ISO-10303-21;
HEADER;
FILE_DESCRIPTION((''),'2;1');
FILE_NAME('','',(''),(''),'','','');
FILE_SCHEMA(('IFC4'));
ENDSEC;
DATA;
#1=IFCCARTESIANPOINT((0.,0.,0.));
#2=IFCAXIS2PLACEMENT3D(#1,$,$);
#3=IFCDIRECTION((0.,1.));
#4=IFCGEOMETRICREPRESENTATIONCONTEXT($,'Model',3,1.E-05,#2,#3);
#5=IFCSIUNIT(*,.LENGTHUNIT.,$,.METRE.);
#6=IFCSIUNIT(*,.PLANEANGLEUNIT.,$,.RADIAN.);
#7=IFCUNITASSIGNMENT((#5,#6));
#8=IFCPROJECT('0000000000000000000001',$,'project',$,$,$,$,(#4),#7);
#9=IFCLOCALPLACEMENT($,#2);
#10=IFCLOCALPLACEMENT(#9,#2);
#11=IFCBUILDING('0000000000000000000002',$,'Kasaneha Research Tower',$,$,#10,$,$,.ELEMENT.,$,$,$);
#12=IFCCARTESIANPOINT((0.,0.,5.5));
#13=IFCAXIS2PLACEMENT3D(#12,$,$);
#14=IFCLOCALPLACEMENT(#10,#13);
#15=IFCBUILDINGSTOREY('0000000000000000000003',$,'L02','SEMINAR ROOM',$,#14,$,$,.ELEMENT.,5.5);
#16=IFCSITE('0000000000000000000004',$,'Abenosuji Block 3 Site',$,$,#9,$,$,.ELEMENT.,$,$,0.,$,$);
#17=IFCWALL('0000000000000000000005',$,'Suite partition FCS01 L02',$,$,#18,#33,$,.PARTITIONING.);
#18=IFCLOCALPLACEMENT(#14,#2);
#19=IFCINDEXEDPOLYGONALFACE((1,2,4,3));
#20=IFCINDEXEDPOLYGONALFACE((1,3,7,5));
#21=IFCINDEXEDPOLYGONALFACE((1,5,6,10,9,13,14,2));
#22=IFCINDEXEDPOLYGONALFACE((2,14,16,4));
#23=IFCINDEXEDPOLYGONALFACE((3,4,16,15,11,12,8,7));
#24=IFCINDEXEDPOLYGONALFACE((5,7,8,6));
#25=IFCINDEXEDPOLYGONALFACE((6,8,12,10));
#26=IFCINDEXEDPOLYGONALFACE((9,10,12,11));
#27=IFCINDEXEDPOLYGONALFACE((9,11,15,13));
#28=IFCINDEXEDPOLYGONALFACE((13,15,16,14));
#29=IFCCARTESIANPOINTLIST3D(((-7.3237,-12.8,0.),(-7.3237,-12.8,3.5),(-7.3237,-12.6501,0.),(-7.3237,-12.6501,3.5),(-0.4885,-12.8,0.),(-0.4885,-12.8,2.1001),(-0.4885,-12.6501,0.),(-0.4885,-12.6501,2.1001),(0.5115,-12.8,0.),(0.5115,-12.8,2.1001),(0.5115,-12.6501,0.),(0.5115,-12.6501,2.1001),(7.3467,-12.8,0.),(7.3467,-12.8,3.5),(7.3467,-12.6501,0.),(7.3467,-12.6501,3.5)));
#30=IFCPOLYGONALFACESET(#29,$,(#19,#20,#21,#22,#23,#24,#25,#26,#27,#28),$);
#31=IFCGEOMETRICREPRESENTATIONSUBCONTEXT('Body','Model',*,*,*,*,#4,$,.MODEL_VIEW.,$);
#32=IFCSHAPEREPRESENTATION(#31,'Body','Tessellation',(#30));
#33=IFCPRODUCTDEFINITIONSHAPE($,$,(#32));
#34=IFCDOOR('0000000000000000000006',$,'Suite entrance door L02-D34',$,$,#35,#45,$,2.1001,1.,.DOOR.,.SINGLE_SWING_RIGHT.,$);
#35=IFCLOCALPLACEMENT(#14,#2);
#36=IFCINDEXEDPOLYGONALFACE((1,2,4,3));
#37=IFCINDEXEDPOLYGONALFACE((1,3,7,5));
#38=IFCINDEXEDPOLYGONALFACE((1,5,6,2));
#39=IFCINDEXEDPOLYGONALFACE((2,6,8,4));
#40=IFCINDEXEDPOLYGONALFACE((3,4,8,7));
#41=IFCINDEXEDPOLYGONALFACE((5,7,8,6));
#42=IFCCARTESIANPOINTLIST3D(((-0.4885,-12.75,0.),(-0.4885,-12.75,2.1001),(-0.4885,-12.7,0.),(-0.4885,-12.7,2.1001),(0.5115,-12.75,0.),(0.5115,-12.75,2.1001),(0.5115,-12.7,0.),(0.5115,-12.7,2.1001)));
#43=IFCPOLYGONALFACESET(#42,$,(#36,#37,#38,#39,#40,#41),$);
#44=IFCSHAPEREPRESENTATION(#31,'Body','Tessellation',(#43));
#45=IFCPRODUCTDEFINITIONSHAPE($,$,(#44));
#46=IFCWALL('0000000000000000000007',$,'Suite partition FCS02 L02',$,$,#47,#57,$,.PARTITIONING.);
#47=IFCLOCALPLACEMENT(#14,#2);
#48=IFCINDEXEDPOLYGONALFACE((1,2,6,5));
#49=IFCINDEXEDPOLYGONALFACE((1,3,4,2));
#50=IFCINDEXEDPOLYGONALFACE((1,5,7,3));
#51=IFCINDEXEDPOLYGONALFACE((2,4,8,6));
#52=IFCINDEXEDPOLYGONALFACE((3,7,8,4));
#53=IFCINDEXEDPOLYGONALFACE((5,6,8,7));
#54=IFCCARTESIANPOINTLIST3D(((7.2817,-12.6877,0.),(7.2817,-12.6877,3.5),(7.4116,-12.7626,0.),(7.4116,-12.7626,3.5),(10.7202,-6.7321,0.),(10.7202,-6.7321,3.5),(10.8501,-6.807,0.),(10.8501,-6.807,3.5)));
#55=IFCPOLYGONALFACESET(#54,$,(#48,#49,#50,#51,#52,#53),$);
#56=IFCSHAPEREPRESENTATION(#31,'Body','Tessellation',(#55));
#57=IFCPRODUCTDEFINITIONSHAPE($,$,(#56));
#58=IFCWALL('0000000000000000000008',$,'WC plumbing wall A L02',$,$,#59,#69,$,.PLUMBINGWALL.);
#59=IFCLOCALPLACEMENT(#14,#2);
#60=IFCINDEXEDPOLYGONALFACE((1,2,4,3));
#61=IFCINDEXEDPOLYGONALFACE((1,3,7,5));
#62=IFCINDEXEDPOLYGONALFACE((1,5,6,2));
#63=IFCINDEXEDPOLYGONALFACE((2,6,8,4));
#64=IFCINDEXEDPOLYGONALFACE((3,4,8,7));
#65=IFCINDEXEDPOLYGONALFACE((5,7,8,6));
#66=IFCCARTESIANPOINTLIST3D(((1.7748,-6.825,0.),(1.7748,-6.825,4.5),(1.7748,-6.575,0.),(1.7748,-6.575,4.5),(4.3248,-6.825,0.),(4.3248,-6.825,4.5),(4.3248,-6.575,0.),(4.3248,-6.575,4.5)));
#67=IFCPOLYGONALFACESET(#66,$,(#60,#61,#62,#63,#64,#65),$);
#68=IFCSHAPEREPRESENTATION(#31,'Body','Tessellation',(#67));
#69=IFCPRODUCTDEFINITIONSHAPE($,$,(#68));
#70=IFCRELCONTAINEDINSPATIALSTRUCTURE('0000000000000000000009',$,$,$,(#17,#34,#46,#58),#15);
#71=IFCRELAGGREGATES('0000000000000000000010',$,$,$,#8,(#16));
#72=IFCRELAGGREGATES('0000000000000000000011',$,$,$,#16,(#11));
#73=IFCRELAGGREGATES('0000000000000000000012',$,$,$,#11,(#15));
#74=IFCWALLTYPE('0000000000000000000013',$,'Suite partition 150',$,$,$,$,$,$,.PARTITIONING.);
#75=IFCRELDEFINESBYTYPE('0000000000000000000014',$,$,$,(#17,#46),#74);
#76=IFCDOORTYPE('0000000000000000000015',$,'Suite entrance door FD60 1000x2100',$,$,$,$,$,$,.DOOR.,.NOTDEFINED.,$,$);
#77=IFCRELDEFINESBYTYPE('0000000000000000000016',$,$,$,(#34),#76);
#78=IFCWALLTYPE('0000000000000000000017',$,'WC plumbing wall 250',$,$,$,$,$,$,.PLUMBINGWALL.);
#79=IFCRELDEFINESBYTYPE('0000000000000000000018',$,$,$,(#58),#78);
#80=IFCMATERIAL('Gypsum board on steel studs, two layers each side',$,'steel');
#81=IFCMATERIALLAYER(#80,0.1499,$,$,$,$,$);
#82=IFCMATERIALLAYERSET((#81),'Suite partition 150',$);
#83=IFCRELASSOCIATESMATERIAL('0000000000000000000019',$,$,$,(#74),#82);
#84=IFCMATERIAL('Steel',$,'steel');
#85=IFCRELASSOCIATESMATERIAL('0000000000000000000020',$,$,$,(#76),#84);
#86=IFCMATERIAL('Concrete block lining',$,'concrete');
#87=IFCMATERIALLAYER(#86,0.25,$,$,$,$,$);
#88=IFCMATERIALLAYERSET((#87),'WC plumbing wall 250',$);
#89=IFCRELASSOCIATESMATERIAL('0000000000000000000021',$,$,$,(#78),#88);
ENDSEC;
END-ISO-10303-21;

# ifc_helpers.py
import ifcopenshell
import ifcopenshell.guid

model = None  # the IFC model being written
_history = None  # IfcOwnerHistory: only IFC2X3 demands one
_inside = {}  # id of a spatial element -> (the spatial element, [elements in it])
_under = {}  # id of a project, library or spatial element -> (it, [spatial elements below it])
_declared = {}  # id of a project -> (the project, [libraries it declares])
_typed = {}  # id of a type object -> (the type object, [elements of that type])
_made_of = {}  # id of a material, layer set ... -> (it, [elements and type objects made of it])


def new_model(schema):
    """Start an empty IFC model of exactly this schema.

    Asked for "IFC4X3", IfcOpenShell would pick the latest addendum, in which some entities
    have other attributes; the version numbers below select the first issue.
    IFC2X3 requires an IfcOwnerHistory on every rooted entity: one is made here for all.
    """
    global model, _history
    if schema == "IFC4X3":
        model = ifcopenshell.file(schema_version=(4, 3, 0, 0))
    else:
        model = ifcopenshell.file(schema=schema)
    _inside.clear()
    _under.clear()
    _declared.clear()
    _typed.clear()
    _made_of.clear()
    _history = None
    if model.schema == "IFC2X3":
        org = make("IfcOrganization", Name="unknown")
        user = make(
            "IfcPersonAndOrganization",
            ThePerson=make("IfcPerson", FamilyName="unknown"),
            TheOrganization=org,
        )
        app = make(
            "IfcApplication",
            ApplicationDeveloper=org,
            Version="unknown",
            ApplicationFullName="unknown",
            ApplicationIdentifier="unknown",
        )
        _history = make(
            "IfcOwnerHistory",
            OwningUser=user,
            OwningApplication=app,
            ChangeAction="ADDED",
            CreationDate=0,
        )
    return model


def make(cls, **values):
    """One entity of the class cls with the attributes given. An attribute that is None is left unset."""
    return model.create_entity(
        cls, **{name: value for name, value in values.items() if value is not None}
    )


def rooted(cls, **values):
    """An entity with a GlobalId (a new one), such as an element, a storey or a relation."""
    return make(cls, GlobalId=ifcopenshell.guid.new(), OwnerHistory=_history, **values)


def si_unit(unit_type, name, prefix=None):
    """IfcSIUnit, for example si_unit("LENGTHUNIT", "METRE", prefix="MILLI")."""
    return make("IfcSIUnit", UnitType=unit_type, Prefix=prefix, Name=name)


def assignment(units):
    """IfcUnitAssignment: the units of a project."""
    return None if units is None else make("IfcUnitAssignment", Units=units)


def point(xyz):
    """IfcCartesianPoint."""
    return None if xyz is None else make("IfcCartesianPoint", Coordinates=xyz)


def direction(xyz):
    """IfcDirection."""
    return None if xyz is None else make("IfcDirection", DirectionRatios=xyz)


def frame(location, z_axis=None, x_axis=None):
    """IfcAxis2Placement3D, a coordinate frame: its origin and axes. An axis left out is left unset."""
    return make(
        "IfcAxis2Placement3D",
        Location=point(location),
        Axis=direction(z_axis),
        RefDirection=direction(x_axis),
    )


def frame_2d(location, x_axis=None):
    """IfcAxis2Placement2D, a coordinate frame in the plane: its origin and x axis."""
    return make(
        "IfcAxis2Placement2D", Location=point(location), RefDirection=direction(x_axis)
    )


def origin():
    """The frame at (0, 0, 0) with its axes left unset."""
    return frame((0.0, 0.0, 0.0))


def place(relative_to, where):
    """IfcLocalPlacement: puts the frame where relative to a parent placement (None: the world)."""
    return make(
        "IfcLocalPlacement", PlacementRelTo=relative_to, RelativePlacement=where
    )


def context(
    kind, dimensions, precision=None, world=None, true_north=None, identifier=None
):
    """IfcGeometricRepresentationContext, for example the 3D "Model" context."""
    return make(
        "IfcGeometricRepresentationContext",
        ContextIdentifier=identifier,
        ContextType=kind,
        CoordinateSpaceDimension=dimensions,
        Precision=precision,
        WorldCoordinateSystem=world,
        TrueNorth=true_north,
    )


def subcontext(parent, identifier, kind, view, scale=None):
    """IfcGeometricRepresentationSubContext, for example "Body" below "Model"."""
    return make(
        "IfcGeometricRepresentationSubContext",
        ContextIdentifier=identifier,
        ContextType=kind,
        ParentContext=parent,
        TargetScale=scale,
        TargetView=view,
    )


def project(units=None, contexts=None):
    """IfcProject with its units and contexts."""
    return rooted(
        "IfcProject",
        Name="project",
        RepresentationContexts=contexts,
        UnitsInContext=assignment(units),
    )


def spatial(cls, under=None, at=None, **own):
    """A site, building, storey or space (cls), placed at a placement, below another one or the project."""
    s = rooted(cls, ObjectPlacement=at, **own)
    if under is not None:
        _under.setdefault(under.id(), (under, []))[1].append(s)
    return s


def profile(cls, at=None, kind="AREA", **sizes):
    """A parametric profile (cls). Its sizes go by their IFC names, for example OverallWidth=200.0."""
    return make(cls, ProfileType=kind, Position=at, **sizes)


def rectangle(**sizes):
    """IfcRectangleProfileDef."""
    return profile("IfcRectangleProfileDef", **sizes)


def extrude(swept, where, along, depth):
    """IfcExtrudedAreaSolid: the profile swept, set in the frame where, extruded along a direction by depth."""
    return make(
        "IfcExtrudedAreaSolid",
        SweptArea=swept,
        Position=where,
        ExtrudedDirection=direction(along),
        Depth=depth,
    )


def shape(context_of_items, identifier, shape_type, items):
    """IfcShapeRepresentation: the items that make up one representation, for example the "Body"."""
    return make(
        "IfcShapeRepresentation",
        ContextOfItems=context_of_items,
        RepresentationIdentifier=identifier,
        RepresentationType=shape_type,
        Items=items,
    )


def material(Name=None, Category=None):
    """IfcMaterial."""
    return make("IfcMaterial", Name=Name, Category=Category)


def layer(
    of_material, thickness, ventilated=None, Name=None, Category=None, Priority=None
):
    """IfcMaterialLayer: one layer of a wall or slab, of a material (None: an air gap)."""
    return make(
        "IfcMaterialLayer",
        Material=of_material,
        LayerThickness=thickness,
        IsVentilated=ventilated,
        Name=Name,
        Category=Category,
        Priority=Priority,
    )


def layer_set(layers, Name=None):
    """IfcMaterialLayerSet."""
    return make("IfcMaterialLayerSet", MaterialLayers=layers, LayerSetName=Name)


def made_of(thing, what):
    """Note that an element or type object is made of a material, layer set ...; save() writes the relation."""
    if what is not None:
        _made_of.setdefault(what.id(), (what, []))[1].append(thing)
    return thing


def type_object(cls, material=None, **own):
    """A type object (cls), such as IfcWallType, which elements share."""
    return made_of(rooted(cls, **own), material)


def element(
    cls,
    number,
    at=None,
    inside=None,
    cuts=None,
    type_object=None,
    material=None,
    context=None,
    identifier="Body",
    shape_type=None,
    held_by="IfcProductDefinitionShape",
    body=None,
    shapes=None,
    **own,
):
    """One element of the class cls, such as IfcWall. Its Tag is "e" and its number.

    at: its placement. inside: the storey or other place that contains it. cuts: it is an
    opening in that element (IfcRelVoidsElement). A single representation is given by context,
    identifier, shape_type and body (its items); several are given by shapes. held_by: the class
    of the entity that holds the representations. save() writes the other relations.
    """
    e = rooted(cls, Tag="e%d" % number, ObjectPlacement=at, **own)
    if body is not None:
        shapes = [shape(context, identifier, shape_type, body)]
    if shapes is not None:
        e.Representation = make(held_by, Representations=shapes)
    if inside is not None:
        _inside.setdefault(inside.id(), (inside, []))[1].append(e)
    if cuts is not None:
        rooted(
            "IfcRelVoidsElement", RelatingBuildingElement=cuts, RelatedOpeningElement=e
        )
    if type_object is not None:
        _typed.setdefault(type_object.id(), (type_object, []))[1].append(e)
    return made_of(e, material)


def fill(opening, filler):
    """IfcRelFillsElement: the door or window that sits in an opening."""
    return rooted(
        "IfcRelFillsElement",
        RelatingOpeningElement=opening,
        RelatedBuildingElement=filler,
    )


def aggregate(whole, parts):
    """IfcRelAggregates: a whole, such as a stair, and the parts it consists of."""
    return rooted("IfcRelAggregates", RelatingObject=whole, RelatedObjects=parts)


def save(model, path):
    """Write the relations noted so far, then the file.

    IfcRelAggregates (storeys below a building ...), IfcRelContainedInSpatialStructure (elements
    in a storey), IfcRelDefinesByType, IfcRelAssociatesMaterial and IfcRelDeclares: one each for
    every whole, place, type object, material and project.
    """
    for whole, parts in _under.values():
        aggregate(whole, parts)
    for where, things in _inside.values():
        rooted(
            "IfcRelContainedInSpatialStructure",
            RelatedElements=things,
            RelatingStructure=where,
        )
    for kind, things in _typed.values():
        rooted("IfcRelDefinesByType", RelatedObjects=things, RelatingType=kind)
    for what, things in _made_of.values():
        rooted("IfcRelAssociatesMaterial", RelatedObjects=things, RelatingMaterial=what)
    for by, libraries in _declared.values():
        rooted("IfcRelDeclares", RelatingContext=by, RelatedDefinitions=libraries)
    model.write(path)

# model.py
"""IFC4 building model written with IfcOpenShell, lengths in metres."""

from ifc_helpers import new_model, si_unit, direction, frame, frame_2d, origin, place, context, subcontext, project, spatial, rectangle, extrude, material, layer, layer_set, type_object, element, fill, save


model = new_model("IFC4")

# Units and contexts
model_context = context("Model", 3, precision=1e-05, world=origin(), true_north=direction((0.0, 1.0)))
body_context = subcontext(model_context, "Body", "Model", "MODEL_VIEW")
ifc_project = project(units=[si_unit("LENGTHUNIT", "METRE"), si_unit("PLANEANGLEUNIT", "RADIAN")], contexts=[model_context])

# Site, building, storey
site_placement = place(None, origin())
site = spatial("IfcSite", under=ifc_project, at=site_placement, Name="Abenosuji Block 3 Site", CompositionType="ELEMENT", RefElevation=0.0)
building_placement = place(site_placement, origin())
building = spatial("IfcBuilding", under=site, at=building_placement, Name="Kasaneha Research Tower", CompositionType="ELEMENT")
storey_placement = place(building_placement, frame((0.0, 0.0, 5.5)))
storey = spatial("IfcBuildingStorey", under=building, at=storey_placement, Name="L02", Description="SEMINAR ROOM", CompositionType="ELEMENT", Elevation=5.5)

# Wall, opening, door
ifc_material_1 = material(Name="Gypsum board on steel studs, two layers each side", Category="steel")
ifc_layer_1 = layer(ifc_material_1, 0.1499)
ifc_layer_set_1 = layer_set([ifc_layer_1], Name="Suite partition 150")
wall_type_1 = type_object("IfcWallType", Name="Suite partition 150", PredefinedType="PARTITIONING", material=ifc_layer_set_1)
wall_1_placement = place(storey_placement, frame((7.3467, -12.7251, 0.0), z_axis=(0.0, 0.0, 1.0), x_axis=(-1.0, 0.0, 0.0)))
wall_1 = element("IfcWall", 1, at=wall_1_placement, inside=storey, type_object=wall_type_1, Name="Suite partition FCS01 L02", PredefinedType="PARTITIONING", context=body_context, shape_type="SweptSolid", body=[
    extrude(rectangle(XDim=14.6704, YDim=0.1499, at=frame_2d((7.3352, 0.0))), origin(), (0.0, 0.0, 1.0), 3.5),
])
opening_1_placement = place(wall_1_placement, frame((6.8352, 0.0, 0.0)))
opening_1 = element("IfcOpeningElement", 2, at=opening_1_placement, cuts=wall_1, PredefinedType="OPENING", context=body_context, shape_type="SweptSolid", body=[
    extrude(rectangle(XDim=1.0, YDim=2.1001, at=frame_2d((0.5, 1.05))), frame((0.0, 0.085, 0.0), z_axis=(0.0, -1.0, 0.0), x_axis=(1.0, 0.0, 0.0)), (0.0, 0.0, 1.0), 0.1699),
])
ifc_material_2 = material(Name="Steel", Category="steel")
door_type_1 = type_object("IfcDoorType", Name="Suite entrance door FD60 1000x2100", OperationType="NOTDEFINED", PredefinedType="DOOR", material=ifc_material_2)
door_1_placement = place(opening_1_placement, origin())
door_1 = element("IfcDoor", 3, at=door_1_placement, inside=storey, type_object=door_type_1, Name="Suite entrance door L02-D34", OperationType="SINGLE_SWING_RIGHT", OverallHeight=2.1001, OverallWidth=1.0, PredefinedType="DOOR", context=body_context, shape_type="SweptSolid", body=[
    extrude(rectangle(XDim=1.0, YDim=2.1001, at=frame_2d((0.5, 1.05))), frame((0.0, 0.0249, 0.0), z_axis=(0.0, -1.0, 0.0), x_axis=(1.0, 0.0, 0.0)), (0.0, 0.0, 1.0), 0.05),
])
fill(opening_1, door_1)

# Walls
wall_2_placement = place(storey_placement, frame((10.7852, -6.7695, 0.0), z_axis=(0.0, 0.0, 1.0), x_axis=(-0.500003, -0.866024, 0.0)))
element("IfcWall", 4, at=wall_2_placement, inside=storey, type_object=wall_type_1, Name="Suite partition FCS02 L02", PredefinedType="PARTITIONING", context=body_context, shape_type="SweptSolid", body=[
    extrude(rectangle(XDim=6.877, YDim=0.1499, at=frame_2d((3.4385, 0.0))), origin(), (0.0, 0.0, 1.0), 3.5),
])
ifc_material_3 = material(Name="Concrete block lining", Category="concrete")
ifc_layer_2 = layer(ifc_material_3, 0.25)
ifc_layer_set_2 = layer_set([ifc_layer_2], Name="WC plumbing wall 250")
wall_type_2 = type_object("IfcWallType", Name="WC plumbing wall 250", PredefinedType="PLUMBINGWALL", material=ifc_layer_set_2)
wall_3_placement = place(storey_placement, frame((1.7749, -6.7, 0.0), z_axis=(0.0, 0.0, 1.0), x_axis=(1.0, 0.0, 0.0)))
element("IfcWall", 5, at=wall_3_placement, inside=storey, type_object=wall_type_2, Name="WC plumbing wall A L02", PredefinedType="PLUMBINGWALL", context=body_context, shape_type="SweptSolid", body=[
    extrude(rectangle(XDim=2.55, YDim=0.25, at=frame_2d((1.2749, 0.0))), origin(), (0.0, 0.0, 1.0), 4.5),
])

save(model, "model.ifc")
